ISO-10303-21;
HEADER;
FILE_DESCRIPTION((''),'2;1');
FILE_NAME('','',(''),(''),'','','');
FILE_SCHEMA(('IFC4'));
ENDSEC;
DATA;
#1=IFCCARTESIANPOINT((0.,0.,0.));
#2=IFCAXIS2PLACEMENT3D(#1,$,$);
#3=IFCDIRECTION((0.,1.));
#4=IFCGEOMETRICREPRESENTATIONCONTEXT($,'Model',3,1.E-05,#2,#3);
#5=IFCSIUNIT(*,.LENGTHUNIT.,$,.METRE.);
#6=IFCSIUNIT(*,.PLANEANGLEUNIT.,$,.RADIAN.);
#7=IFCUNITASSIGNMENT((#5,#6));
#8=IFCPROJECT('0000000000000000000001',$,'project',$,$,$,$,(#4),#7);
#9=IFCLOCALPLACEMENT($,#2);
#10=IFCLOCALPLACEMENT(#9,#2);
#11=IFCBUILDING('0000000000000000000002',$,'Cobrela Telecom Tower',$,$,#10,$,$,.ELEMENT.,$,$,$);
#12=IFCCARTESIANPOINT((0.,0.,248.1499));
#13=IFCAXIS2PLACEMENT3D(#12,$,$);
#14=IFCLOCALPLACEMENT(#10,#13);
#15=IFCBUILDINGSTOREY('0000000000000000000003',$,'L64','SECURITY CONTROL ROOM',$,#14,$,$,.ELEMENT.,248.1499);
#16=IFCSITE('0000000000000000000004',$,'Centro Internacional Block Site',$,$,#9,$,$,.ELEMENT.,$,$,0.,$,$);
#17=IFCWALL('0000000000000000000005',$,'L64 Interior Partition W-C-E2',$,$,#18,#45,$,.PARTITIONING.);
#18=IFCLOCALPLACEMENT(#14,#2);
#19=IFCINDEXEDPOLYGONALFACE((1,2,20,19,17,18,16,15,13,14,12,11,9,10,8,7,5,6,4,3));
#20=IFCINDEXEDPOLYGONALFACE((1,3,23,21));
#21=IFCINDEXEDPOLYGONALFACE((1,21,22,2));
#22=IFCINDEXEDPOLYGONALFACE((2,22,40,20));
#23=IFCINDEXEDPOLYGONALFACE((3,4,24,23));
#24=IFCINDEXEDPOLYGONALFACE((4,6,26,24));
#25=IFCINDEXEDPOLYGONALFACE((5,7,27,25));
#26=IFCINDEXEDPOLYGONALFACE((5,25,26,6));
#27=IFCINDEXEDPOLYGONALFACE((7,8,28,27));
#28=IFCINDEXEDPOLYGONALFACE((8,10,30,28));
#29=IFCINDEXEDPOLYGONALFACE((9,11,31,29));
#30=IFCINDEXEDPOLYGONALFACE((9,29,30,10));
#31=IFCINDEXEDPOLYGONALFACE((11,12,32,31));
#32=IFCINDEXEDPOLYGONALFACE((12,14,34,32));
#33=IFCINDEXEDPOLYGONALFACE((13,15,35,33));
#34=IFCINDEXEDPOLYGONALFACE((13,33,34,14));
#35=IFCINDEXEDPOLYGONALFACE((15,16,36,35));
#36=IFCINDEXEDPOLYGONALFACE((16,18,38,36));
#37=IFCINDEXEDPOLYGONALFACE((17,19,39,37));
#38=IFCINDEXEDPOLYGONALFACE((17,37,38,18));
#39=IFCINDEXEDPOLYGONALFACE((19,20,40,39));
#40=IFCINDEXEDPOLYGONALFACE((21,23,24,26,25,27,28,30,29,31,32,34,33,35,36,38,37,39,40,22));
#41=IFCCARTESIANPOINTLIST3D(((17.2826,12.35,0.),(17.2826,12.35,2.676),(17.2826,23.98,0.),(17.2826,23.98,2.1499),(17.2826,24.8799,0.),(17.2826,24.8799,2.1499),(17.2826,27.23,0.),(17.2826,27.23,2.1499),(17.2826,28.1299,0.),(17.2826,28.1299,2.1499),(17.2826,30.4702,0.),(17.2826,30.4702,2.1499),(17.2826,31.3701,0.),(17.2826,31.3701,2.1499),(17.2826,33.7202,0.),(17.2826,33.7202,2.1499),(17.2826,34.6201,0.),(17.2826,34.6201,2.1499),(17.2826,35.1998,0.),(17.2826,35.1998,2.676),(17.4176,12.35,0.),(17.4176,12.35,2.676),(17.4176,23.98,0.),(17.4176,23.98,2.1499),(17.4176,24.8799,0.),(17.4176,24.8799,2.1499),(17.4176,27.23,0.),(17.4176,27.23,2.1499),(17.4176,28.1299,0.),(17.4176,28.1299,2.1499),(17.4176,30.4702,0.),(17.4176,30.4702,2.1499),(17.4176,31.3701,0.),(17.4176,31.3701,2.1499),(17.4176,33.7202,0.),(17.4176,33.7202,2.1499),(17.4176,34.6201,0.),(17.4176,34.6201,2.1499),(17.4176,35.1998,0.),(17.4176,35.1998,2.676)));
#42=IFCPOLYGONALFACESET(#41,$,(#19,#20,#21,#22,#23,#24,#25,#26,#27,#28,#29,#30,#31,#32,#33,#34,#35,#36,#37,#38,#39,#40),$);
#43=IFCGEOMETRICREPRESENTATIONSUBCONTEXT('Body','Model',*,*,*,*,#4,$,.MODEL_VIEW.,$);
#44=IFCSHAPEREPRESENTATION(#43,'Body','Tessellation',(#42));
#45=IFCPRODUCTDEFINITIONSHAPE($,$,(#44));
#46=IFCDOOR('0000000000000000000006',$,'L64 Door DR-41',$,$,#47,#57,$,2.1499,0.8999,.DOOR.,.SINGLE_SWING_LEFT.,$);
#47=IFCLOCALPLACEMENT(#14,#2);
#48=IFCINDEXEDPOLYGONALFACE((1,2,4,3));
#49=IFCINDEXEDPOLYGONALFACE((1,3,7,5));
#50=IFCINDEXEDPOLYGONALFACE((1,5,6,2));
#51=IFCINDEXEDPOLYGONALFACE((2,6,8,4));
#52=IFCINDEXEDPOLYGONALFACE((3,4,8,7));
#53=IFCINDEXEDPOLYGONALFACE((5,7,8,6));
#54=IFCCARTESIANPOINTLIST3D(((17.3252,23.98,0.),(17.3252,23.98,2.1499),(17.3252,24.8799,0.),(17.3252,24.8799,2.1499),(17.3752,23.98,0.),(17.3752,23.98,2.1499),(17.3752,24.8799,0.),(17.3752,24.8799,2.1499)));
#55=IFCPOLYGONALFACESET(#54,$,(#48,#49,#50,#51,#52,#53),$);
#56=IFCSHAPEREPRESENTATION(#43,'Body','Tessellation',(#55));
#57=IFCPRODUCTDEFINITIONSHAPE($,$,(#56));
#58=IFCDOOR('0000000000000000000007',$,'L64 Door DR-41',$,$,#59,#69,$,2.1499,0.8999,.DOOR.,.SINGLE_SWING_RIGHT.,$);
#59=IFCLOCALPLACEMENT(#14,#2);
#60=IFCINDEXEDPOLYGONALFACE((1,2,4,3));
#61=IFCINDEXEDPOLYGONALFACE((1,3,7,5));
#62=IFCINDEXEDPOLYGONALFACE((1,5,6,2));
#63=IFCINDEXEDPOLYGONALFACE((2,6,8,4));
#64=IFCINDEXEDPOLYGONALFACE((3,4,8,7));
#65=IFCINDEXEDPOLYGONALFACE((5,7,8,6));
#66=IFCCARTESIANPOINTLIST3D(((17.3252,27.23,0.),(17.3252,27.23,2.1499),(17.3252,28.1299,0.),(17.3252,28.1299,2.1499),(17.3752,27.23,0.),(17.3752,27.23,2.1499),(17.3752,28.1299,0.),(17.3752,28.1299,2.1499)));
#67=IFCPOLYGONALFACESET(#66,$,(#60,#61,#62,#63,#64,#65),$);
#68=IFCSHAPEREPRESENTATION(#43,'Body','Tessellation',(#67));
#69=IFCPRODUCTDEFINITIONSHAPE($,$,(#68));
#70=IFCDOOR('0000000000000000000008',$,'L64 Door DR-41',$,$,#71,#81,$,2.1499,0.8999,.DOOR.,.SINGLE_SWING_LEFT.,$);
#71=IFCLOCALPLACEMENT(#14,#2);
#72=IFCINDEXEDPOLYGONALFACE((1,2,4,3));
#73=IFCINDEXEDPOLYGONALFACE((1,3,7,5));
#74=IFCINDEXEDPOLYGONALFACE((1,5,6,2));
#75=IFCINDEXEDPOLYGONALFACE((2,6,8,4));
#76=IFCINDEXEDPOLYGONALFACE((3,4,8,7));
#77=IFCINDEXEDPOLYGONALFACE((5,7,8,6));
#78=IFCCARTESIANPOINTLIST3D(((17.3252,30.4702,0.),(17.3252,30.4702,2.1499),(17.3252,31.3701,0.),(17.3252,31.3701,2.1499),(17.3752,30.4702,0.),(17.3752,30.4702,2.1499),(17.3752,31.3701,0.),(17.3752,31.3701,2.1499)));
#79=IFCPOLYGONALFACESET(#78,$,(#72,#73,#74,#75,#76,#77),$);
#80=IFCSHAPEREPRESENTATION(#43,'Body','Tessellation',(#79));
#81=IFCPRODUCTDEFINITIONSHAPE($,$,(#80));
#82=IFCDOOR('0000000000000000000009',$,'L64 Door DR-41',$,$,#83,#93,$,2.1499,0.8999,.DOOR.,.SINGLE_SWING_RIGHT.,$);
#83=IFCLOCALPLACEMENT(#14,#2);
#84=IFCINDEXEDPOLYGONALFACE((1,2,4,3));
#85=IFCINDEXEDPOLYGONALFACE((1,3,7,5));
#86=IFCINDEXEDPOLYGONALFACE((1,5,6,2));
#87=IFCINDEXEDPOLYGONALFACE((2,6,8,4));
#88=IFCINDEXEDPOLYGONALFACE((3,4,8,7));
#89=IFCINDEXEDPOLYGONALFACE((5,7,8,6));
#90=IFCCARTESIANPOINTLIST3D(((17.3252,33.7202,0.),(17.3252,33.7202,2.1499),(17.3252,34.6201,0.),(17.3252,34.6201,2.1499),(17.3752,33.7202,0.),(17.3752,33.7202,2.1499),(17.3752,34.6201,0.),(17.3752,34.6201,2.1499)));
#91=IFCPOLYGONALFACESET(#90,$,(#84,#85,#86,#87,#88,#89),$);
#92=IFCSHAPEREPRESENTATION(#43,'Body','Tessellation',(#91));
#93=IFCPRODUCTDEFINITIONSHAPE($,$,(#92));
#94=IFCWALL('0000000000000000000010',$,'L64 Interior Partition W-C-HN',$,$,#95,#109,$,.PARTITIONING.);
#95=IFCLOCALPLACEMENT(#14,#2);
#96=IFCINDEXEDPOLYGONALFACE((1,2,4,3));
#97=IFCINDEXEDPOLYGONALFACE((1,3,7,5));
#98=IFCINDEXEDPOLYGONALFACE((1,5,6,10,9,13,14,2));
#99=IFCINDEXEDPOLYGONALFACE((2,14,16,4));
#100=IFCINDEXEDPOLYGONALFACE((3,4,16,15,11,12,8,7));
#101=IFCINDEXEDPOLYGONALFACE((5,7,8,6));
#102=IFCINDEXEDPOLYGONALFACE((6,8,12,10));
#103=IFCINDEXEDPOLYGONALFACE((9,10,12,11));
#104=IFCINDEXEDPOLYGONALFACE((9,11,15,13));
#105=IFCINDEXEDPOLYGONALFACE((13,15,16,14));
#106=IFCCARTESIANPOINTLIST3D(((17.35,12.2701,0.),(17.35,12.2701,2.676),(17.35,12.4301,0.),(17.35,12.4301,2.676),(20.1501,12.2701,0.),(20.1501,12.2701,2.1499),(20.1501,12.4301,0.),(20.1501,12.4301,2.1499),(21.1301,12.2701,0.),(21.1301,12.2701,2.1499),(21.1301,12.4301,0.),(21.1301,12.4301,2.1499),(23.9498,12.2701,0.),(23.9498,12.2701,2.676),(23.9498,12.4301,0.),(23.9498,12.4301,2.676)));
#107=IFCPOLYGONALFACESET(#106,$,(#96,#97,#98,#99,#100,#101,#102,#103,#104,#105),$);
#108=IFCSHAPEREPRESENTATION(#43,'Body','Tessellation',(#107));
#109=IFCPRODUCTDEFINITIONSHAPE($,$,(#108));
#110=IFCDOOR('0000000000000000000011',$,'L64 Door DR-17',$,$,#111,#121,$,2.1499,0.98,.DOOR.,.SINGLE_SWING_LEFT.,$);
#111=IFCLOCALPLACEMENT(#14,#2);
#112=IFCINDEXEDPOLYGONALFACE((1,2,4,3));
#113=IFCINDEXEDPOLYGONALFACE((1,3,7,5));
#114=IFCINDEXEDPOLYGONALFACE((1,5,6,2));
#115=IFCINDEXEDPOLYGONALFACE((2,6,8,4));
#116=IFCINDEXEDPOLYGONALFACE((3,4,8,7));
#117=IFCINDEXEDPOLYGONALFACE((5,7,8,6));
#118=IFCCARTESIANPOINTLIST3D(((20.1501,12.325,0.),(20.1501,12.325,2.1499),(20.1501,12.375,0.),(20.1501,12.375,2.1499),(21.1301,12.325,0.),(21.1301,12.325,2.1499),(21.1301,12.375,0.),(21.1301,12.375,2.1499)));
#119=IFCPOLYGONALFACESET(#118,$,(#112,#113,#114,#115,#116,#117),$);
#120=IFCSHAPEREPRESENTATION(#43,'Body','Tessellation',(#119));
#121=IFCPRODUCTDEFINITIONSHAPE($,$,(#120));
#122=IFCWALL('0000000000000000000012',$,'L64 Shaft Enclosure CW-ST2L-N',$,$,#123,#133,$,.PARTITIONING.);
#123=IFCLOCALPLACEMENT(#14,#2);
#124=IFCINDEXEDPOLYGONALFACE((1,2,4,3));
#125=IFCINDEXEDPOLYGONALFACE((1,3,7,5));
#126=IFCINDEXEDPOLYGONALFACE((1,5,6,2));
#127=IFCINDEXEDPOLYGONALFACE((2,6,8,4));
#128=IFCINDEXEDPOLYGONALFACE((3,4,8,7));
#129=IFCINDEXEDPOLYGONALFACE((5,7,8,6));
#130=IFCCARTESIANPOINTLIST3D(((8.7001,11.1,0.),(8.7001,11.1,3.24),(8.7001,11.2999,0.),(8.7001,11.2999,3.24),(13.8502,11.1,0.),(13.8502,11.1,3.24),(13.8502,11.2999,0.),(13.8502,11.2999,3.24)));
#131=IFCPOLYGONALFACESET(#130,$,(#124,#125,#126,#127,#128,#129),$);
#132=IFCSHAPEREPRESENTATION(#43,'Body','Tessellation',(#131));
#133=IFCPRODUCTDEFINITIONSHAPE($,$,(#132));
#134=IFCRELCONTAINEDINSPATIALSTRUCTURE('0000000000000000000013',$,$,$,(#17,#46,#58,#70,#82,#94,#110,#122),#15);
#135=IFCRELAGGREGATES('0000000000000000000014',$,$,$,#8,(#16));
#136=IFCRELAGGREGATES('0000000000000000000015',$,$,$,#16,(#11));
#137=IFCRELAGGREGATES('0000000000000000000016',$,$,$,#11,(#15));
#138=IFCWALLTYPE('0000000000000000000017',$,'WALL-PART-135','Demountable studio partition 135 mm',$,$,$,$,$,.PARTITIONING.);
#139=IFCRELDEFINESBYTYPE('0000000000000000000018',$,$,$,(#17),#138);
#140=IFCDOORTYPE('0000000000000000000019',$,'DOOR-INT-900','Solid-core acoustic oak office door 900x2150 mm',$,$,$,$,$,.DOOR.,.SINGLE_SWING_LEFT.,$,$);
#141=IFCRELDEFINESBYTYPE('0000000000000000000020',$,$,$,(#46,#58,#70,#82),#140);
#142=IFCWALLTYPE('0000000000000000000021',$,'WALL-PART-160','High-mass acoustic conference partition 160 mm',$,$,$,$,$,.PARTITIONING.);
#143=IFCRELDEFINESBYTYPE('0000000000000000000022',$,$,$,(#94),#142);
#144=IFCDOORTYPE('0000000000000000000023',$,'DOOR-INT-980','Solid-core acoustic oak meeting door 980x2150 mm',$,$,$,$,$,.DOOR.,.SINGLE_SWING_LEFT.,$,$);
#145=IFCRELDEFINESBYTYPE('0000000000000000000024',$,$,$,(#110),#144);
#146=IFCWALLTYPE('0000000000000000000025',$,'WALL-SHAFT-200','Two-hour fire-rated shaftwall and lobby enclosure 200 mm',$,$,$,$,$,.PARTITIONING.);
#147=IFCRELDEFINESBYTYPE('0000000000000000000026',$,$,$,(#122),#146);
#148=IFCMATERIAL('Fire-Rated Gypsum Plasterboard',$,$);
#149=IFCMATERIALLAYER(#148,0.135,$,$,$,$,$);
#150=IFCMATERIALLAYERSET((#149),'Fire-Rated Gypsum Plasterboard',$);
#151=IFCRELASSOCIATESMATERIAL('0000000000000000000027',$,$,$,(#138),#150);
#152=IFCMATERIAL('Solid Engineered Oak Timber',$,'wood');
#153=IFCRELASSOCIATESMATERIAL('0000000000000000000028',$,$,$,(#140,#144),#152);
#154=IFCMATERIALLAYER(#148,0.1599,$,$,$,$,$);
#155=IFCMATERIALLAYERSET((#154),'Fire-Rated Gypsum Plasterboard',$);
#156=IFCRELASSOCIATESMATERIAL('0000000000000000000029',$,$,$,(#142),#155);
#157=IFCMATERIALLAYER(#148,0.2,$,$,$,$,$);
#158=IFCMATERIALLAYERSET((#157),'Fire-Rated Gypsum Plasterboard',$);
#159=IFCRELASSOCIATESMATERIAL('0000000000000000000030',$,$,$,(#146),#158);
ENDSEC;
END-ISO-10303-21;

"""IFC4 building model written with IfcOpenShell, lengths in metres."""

from ifc_helpers import new_model, si_unit, direction, frame, frame_2d, origin, place, context, subcontext, project, spatial, rectangle, extrude, material, layer, layer_set, type_object, element, fill, save


model = new_model("IFC4")

# Units and contexts
model_context = context("Model", 3, precision=1e-05, world=origin(), true_north=direction((0.0, 1.0)))
body_context = subcontext(model_context, "Body", "Model", "MODEL_VIEW")
ifc_project = project(units=[si_unit("LENGTHUNIT", "METRE"), si_unit("PLANEANGLEUNIT", "RADIAN")], contexts=[model_context])

# Site, building, storey
site_placement = place(None, origin())
site = spatial("IfcSite", under=ifc_project, at=site_placement, Name="Centro Internacional Block Site", CompositionType="ELEMENT", RefElevation=0.0)
building_placement = place(site_placement, origin())
building = spatial("IfcBuilding", under=site, at=building_placement, Name="Cobrela Telecom Tower", CompositionType="ELEMENT")
storey_placement = place(building_placement, frame((0.0, 0.0, 248.1499)))
storey = spatial("IfcBuildingStorey", under=building, at=storey_placement, Name="L64", Description="SECURITY CONTROL ROOM", CompositionType="ELEMENT", Elevation=248.1499)

# Shared definitions
ifc_material_1 = material(Name="Fire-Rated Gypsum Plasterboard")
ifc_layer_1 = layer(ifc_material_1, 0.135)
ifc_layer_set_1 = layer_set([ifc_layer_1], Name="Fire-Rated Gypsum Plasterboard")
wall_type_1 = type_object("IfcWallType", Name="WALL-PART-135", Description="Demountable studio partition 135 mm", PredefinedType="PARTITIONING", material=ifc_layer_set_1)

# Wall, openings, doors
wall_1_placement = place(storey_placement, frame((17.3501, 12.3501, 0.0), z_axis=(0.0, 0.0, 1.0), x_axis=(0.0, 1.0, 0.0)))
wall_1 = element("IfcWall", 1, at=wall_1_placement, inside=storey, type_object=wall_type_1, Name="L64 Interior Partition W-C-E2", PredefinedType="PARTITIONING", context=body_context, shape_type="SweptSolid", body=[
    extrude(rectangle(XDim=22.8499, YDim=0.135, at=frame_2d((11.4248, 0.0))), origin(), (0.0, 0.0, 1.0), 2.676),
])
opening_1_placement = place(wall_1_placement, frame((11.6299, 0.0, 0.0)))
opening_1 = element("IfcOpeningElement", 2, at=opening_1_placement, cuts=wall_1, PredefinedType="OPENING", context=body_context, shape_type="SweptSolid", body=[
    extrude(rectangle(XDim=0.8999, YDim=2.1499, at=frame_2d((0.45, 1.075))), frame((0.0, 0.0796, 0.0), z_axis=(0.0, -1.0, 0.0), x_axis=(1.0, 0.0, 0.0)), (0.0, 0.0, 1.0), 0.1589),
])
opening_2_placement = place(wall_1_placement, frame((14.8799, 0.0, 0.0)))
opening_2 = element("IfcOpeningElement", 3, at=opening_2_placement, cuts=wall_1, PredefinedType="OPENING", context=body_context, shape_type="SweptSolid", body=[
    extrude(rectangle(XDim=0.8999, YDim=2.1499, at=frame_2d((0.45, 1.075))), frame((0.0, 0.0796, 0.0), z_axis=(0.0, -1.0, 0.0), x_axis=(1.0, 0.0, 0.0)), (0.0, 0.0, 1.0), 0.1589),
])
opening_3_placement = place(wall_1_placement, frame((18.1201, 0.0, 0.0)))
opening_3 = element("IfcOpeningElement", 4, at=opening_3_placement, cuts=wall_1, PredefinedType="OPENING", context=body_context, shape_type="SweptSolid", body=[
    extrude(rectangle(XDim=0.8999, YDim=2.1499, at=frame_2d((0.45, 1.075))), frame((0.0, 0.0796, 0.0), z_axis=(0.0, -1.0, 0.0), x_axis=(1.0, 0.0, 0.0)), (0.0, 0.0, 1.0), 0.1589),
])
opening_4_placement = place(wall_1_placement, frame((21.3701, 0.0, 0.0)))
opening_4 = element("IfcOpeningElement", 5, at=opening_4_placement, cuts=wall_1, PredefinedType="OPENING", context=body_context, shape_type="SweptSolid", body=[
    extrude(rectangle(XDim=0.8999, YDim=2.1499, at=frame_2d((0.45, 1.075))), frame((0.0, 0.0796, 0.0), z_axis=(0.0, -1.0, 0.0), x_axis=(1.0, 0.0, 0.0)), (0.0, 0.0, 1.0), 0.1589),
])
ifc_material_2 = material(Name="Solid Engineered Oak Timber", Category="wood")
door_type_1 = type_object("IfcDoorType", Name="DOOR-INT-900", Description="Solid-core acoustic oak office door 900x2150 mm", OperationType="SINGLE_SWING_LEFT", PredefinedType="DOOR", material=ifc_material_2)
door_1_placement = place(opening_1_placement, origin())
door_1 = element("IfcDoor", 6, at=door_1_placement, inside=storey, type_object=door_type_1, Name="L64 Door DR-41", OperationType="SINGLE_SWING_LEFT", OverallHeight=2.1499, OverallWidth=0.8999, PredefinedType="DOOR", context=body_context, shape_type="SweptSolid", body=[
    extrude(rectangle(XDim=0.8999, YDim=2.1499, at=frame_2d((0.45, 1.075))), frame((0.0, 0.0249, 0.0), z_axis=(0.0, -1.0, 0.0), x_axis=(1.0, 0.0, 0.0)), (0.0, 0.0, 1.0), 0.05),
])
fill(opening_1, door_1)
door_2_placement = place(opening_2_placement, origin())
door_2 = element("IfcDoor", 7, at=door_2_placement, inside=storey, type_object=door_type_1, Name="L64 Door DR-41", OperationType="SINGLE_SWING_RIGHT", OverallHeight=2.1499, OverallWidth=0.8999, PredefinedType="DOOR", context=body_context, shape_type="SweptSolid", body=[
    extrude(rectangle(XDim=0.8999, YDim=2.1499, at=frame_2d((0.45, 1.075))), frame((0.0, 0.0249, 0.0), z_axis=(0.0, -1.0, 0.0), x_axis=(1.0, 0.0, 0.0)), (0.0, 0.0, 1.0), 0.05),
])
fill(opening_2, door_2)
door_3_placement = place(opening_3_placement, origin())
door_3 = element("IfcDoor", 8, at=door_3_placement, inside=storey, type_object=door_type_1, Name="L64 Door DR-41", OperationType="SINGLE_SWING_LEFT", OverallHeight=2.1499, OverallWidth=0.8999, PredefinedType="DOOR", context=body_context, shape_type="SweptSolid", body=[
    extrude(rectangle(XDim=0.8999, YDim=2.1499, at=frame_2d((0.45, 1.075))), frame((0.0, 0.0249, 0.0), z_axis=(0.0, -1.0, 0.0), x_axis=(1.0, 0.0, 0.0)), (0.0, 0.0, 1.0), 0.05),
])
fill(opening_3, door_3)
door_4_placement = place(opening_4_placement, origin())
door_4 = element("IfcDoor", 9, at=door_4_placement, inside=storey, type_object=door_type_1, Name="L64 Door DR-41", OperationType="SINGLE_SWING_RIGHT", OverallHeight=2.1499, OverallWidth=0.8999, PredefinedType="DOOR", context=body_context, shape_type="SweptSolid", body=[
    extrude(rectangle(XDim=0.8999, YDim=2.1499, at=frame_2d((0.45, 1.075))), frame((0.0, 0.0249, 0.0), z_axis=(0.0, -1.0, 0.0), x_axis=(1.0, 0.0, 0.0)), (0.0, 0.0, 1.0), 0.05),
])
fill(opening_4, door_4)
door_type_2 = type_object("IfcDoorType", Name="DOOR-INT-980", Description="Solid-core acoustic oak meeting door 980x2150 mm", OperationType="SINGLE_SWING_LEFT", PredefinedType="DOOR", material=ifc_material_2)

# Wall, opening, door
ifc_layer_2 = layer(ifc_material_1, 0.1599)
ifc_layer_set_2 = layer_set([ifc_layer_2], Name="Fire-Rated Gypsum Plasterboard")
wall_type_2 = type_object("IfcWallType", Name="WALL-PART-160", Description="High-mass acoustic conference partition 160 mm", PredefinedType="PARTITIONING", material=ifc_layer_set_2)
wall_2_placement = place(storey_placement, frame((17.3501, 12.3501, 0.0), z_axis=(0.0, 0.0, 1.0), x_axis=(1.0, 0.0, 0.0)))
wall_2 = element("IfcWall", 10, at=wall_2_placement, inside=storey, type_object=wall_type_2, Name="L64 Interior Partition W-C-HN", PredefinedType="PARTITIONING", context=body_context, shape_type="SweptSolid", body=[
    extrude(rectangle(XDim=6.5999, YDim=0.1599, at=frame_2d((3.2998, 0.0))), origin(), (0.0, 0.0, 1.0), 2.676),
])
opening_5_placement = place(wall_2_placement, frame((2.8, 0.0, 0.0)))
opening_5 = element("IfcOpeningElement", 11, at=opening_5_placement, cuts=wall_2, PredefinedType="OPENING", context=body_context, shape_type="SweptSolid", body=[
    extrude(rectangle(XDim=0.98, YDim=2.1499, at=frame_2d((0.49, 1.075))), frame((0.0, 0.0918, 0.0), z_axis=(0.0, -1.0, 0.0), x_axis=(1.0, 0.0, 0.0)), (0.0, 0.0, 1.0), 0.1838),
])
door_5_placement = place(opening_5_placement, origin())
door_5 = element("IfcDoor", 12, at=door_5_placement, inside=storey, type_object=door_type_2, Name="L64 Door DR-17", OperationType="SINGLE_SWING_LEFT", OverallHeight=2.1499, OverallWidth=0.98, PredefinedType="DOOR", context=body_context, shape_type="SweptSolid", body=[
    extrude(rectangle(XDim=0.98, YDim=2.1499, at=frame_2d((0.49, 1.075))), frame((0.0, 0.0249, 0.0), z_axis=(0.0, -1.0, 0.0), x_axis=(1.0, 0.0, 0.0)), (0.0, 0.0, 1.0), 0.05),
])
fill(opening_5, door_5)

# Wall
ifc_layer_3 = layer(ifc_material_1, 0.2)
ifc_layer_set_3 = layer_set([ifc_layer_3], Name="Fire-Rated Gypsum Plasterboard")
wall_type_3 = type_object("IfcWallType", Name="WALL-SHAFT-200", Description="Two-hour fire-rated shaftwall and lobby enclosure 200 mm", PredefinedType="PARTITIONING", material=ifc_layer_set_3)
wall_3_placement = place(storey_placement, frame((8.7, 11.2, 0.0), z_axis=(0.0, 0.0, 1.0), x_axis=(1.0, 0.0, 0.0)))
element("IfcWall", 13, at=wall_3_placement, inside=storey, type_object=wall_type_3, Name="L64 Shaft Enclosure CW-ST2L-N", PredefinedType="PARTITIONING", context=body_context, shape_type="SweptSolid", body=[
    extrude(rectangle(XDim=5.1501, YDim=0.2, at=frame_2d((2.5752, 0.0))), origin(), (0.0, 0.0, 1.0), 3.24),
])

save(model, "model.ifc")
